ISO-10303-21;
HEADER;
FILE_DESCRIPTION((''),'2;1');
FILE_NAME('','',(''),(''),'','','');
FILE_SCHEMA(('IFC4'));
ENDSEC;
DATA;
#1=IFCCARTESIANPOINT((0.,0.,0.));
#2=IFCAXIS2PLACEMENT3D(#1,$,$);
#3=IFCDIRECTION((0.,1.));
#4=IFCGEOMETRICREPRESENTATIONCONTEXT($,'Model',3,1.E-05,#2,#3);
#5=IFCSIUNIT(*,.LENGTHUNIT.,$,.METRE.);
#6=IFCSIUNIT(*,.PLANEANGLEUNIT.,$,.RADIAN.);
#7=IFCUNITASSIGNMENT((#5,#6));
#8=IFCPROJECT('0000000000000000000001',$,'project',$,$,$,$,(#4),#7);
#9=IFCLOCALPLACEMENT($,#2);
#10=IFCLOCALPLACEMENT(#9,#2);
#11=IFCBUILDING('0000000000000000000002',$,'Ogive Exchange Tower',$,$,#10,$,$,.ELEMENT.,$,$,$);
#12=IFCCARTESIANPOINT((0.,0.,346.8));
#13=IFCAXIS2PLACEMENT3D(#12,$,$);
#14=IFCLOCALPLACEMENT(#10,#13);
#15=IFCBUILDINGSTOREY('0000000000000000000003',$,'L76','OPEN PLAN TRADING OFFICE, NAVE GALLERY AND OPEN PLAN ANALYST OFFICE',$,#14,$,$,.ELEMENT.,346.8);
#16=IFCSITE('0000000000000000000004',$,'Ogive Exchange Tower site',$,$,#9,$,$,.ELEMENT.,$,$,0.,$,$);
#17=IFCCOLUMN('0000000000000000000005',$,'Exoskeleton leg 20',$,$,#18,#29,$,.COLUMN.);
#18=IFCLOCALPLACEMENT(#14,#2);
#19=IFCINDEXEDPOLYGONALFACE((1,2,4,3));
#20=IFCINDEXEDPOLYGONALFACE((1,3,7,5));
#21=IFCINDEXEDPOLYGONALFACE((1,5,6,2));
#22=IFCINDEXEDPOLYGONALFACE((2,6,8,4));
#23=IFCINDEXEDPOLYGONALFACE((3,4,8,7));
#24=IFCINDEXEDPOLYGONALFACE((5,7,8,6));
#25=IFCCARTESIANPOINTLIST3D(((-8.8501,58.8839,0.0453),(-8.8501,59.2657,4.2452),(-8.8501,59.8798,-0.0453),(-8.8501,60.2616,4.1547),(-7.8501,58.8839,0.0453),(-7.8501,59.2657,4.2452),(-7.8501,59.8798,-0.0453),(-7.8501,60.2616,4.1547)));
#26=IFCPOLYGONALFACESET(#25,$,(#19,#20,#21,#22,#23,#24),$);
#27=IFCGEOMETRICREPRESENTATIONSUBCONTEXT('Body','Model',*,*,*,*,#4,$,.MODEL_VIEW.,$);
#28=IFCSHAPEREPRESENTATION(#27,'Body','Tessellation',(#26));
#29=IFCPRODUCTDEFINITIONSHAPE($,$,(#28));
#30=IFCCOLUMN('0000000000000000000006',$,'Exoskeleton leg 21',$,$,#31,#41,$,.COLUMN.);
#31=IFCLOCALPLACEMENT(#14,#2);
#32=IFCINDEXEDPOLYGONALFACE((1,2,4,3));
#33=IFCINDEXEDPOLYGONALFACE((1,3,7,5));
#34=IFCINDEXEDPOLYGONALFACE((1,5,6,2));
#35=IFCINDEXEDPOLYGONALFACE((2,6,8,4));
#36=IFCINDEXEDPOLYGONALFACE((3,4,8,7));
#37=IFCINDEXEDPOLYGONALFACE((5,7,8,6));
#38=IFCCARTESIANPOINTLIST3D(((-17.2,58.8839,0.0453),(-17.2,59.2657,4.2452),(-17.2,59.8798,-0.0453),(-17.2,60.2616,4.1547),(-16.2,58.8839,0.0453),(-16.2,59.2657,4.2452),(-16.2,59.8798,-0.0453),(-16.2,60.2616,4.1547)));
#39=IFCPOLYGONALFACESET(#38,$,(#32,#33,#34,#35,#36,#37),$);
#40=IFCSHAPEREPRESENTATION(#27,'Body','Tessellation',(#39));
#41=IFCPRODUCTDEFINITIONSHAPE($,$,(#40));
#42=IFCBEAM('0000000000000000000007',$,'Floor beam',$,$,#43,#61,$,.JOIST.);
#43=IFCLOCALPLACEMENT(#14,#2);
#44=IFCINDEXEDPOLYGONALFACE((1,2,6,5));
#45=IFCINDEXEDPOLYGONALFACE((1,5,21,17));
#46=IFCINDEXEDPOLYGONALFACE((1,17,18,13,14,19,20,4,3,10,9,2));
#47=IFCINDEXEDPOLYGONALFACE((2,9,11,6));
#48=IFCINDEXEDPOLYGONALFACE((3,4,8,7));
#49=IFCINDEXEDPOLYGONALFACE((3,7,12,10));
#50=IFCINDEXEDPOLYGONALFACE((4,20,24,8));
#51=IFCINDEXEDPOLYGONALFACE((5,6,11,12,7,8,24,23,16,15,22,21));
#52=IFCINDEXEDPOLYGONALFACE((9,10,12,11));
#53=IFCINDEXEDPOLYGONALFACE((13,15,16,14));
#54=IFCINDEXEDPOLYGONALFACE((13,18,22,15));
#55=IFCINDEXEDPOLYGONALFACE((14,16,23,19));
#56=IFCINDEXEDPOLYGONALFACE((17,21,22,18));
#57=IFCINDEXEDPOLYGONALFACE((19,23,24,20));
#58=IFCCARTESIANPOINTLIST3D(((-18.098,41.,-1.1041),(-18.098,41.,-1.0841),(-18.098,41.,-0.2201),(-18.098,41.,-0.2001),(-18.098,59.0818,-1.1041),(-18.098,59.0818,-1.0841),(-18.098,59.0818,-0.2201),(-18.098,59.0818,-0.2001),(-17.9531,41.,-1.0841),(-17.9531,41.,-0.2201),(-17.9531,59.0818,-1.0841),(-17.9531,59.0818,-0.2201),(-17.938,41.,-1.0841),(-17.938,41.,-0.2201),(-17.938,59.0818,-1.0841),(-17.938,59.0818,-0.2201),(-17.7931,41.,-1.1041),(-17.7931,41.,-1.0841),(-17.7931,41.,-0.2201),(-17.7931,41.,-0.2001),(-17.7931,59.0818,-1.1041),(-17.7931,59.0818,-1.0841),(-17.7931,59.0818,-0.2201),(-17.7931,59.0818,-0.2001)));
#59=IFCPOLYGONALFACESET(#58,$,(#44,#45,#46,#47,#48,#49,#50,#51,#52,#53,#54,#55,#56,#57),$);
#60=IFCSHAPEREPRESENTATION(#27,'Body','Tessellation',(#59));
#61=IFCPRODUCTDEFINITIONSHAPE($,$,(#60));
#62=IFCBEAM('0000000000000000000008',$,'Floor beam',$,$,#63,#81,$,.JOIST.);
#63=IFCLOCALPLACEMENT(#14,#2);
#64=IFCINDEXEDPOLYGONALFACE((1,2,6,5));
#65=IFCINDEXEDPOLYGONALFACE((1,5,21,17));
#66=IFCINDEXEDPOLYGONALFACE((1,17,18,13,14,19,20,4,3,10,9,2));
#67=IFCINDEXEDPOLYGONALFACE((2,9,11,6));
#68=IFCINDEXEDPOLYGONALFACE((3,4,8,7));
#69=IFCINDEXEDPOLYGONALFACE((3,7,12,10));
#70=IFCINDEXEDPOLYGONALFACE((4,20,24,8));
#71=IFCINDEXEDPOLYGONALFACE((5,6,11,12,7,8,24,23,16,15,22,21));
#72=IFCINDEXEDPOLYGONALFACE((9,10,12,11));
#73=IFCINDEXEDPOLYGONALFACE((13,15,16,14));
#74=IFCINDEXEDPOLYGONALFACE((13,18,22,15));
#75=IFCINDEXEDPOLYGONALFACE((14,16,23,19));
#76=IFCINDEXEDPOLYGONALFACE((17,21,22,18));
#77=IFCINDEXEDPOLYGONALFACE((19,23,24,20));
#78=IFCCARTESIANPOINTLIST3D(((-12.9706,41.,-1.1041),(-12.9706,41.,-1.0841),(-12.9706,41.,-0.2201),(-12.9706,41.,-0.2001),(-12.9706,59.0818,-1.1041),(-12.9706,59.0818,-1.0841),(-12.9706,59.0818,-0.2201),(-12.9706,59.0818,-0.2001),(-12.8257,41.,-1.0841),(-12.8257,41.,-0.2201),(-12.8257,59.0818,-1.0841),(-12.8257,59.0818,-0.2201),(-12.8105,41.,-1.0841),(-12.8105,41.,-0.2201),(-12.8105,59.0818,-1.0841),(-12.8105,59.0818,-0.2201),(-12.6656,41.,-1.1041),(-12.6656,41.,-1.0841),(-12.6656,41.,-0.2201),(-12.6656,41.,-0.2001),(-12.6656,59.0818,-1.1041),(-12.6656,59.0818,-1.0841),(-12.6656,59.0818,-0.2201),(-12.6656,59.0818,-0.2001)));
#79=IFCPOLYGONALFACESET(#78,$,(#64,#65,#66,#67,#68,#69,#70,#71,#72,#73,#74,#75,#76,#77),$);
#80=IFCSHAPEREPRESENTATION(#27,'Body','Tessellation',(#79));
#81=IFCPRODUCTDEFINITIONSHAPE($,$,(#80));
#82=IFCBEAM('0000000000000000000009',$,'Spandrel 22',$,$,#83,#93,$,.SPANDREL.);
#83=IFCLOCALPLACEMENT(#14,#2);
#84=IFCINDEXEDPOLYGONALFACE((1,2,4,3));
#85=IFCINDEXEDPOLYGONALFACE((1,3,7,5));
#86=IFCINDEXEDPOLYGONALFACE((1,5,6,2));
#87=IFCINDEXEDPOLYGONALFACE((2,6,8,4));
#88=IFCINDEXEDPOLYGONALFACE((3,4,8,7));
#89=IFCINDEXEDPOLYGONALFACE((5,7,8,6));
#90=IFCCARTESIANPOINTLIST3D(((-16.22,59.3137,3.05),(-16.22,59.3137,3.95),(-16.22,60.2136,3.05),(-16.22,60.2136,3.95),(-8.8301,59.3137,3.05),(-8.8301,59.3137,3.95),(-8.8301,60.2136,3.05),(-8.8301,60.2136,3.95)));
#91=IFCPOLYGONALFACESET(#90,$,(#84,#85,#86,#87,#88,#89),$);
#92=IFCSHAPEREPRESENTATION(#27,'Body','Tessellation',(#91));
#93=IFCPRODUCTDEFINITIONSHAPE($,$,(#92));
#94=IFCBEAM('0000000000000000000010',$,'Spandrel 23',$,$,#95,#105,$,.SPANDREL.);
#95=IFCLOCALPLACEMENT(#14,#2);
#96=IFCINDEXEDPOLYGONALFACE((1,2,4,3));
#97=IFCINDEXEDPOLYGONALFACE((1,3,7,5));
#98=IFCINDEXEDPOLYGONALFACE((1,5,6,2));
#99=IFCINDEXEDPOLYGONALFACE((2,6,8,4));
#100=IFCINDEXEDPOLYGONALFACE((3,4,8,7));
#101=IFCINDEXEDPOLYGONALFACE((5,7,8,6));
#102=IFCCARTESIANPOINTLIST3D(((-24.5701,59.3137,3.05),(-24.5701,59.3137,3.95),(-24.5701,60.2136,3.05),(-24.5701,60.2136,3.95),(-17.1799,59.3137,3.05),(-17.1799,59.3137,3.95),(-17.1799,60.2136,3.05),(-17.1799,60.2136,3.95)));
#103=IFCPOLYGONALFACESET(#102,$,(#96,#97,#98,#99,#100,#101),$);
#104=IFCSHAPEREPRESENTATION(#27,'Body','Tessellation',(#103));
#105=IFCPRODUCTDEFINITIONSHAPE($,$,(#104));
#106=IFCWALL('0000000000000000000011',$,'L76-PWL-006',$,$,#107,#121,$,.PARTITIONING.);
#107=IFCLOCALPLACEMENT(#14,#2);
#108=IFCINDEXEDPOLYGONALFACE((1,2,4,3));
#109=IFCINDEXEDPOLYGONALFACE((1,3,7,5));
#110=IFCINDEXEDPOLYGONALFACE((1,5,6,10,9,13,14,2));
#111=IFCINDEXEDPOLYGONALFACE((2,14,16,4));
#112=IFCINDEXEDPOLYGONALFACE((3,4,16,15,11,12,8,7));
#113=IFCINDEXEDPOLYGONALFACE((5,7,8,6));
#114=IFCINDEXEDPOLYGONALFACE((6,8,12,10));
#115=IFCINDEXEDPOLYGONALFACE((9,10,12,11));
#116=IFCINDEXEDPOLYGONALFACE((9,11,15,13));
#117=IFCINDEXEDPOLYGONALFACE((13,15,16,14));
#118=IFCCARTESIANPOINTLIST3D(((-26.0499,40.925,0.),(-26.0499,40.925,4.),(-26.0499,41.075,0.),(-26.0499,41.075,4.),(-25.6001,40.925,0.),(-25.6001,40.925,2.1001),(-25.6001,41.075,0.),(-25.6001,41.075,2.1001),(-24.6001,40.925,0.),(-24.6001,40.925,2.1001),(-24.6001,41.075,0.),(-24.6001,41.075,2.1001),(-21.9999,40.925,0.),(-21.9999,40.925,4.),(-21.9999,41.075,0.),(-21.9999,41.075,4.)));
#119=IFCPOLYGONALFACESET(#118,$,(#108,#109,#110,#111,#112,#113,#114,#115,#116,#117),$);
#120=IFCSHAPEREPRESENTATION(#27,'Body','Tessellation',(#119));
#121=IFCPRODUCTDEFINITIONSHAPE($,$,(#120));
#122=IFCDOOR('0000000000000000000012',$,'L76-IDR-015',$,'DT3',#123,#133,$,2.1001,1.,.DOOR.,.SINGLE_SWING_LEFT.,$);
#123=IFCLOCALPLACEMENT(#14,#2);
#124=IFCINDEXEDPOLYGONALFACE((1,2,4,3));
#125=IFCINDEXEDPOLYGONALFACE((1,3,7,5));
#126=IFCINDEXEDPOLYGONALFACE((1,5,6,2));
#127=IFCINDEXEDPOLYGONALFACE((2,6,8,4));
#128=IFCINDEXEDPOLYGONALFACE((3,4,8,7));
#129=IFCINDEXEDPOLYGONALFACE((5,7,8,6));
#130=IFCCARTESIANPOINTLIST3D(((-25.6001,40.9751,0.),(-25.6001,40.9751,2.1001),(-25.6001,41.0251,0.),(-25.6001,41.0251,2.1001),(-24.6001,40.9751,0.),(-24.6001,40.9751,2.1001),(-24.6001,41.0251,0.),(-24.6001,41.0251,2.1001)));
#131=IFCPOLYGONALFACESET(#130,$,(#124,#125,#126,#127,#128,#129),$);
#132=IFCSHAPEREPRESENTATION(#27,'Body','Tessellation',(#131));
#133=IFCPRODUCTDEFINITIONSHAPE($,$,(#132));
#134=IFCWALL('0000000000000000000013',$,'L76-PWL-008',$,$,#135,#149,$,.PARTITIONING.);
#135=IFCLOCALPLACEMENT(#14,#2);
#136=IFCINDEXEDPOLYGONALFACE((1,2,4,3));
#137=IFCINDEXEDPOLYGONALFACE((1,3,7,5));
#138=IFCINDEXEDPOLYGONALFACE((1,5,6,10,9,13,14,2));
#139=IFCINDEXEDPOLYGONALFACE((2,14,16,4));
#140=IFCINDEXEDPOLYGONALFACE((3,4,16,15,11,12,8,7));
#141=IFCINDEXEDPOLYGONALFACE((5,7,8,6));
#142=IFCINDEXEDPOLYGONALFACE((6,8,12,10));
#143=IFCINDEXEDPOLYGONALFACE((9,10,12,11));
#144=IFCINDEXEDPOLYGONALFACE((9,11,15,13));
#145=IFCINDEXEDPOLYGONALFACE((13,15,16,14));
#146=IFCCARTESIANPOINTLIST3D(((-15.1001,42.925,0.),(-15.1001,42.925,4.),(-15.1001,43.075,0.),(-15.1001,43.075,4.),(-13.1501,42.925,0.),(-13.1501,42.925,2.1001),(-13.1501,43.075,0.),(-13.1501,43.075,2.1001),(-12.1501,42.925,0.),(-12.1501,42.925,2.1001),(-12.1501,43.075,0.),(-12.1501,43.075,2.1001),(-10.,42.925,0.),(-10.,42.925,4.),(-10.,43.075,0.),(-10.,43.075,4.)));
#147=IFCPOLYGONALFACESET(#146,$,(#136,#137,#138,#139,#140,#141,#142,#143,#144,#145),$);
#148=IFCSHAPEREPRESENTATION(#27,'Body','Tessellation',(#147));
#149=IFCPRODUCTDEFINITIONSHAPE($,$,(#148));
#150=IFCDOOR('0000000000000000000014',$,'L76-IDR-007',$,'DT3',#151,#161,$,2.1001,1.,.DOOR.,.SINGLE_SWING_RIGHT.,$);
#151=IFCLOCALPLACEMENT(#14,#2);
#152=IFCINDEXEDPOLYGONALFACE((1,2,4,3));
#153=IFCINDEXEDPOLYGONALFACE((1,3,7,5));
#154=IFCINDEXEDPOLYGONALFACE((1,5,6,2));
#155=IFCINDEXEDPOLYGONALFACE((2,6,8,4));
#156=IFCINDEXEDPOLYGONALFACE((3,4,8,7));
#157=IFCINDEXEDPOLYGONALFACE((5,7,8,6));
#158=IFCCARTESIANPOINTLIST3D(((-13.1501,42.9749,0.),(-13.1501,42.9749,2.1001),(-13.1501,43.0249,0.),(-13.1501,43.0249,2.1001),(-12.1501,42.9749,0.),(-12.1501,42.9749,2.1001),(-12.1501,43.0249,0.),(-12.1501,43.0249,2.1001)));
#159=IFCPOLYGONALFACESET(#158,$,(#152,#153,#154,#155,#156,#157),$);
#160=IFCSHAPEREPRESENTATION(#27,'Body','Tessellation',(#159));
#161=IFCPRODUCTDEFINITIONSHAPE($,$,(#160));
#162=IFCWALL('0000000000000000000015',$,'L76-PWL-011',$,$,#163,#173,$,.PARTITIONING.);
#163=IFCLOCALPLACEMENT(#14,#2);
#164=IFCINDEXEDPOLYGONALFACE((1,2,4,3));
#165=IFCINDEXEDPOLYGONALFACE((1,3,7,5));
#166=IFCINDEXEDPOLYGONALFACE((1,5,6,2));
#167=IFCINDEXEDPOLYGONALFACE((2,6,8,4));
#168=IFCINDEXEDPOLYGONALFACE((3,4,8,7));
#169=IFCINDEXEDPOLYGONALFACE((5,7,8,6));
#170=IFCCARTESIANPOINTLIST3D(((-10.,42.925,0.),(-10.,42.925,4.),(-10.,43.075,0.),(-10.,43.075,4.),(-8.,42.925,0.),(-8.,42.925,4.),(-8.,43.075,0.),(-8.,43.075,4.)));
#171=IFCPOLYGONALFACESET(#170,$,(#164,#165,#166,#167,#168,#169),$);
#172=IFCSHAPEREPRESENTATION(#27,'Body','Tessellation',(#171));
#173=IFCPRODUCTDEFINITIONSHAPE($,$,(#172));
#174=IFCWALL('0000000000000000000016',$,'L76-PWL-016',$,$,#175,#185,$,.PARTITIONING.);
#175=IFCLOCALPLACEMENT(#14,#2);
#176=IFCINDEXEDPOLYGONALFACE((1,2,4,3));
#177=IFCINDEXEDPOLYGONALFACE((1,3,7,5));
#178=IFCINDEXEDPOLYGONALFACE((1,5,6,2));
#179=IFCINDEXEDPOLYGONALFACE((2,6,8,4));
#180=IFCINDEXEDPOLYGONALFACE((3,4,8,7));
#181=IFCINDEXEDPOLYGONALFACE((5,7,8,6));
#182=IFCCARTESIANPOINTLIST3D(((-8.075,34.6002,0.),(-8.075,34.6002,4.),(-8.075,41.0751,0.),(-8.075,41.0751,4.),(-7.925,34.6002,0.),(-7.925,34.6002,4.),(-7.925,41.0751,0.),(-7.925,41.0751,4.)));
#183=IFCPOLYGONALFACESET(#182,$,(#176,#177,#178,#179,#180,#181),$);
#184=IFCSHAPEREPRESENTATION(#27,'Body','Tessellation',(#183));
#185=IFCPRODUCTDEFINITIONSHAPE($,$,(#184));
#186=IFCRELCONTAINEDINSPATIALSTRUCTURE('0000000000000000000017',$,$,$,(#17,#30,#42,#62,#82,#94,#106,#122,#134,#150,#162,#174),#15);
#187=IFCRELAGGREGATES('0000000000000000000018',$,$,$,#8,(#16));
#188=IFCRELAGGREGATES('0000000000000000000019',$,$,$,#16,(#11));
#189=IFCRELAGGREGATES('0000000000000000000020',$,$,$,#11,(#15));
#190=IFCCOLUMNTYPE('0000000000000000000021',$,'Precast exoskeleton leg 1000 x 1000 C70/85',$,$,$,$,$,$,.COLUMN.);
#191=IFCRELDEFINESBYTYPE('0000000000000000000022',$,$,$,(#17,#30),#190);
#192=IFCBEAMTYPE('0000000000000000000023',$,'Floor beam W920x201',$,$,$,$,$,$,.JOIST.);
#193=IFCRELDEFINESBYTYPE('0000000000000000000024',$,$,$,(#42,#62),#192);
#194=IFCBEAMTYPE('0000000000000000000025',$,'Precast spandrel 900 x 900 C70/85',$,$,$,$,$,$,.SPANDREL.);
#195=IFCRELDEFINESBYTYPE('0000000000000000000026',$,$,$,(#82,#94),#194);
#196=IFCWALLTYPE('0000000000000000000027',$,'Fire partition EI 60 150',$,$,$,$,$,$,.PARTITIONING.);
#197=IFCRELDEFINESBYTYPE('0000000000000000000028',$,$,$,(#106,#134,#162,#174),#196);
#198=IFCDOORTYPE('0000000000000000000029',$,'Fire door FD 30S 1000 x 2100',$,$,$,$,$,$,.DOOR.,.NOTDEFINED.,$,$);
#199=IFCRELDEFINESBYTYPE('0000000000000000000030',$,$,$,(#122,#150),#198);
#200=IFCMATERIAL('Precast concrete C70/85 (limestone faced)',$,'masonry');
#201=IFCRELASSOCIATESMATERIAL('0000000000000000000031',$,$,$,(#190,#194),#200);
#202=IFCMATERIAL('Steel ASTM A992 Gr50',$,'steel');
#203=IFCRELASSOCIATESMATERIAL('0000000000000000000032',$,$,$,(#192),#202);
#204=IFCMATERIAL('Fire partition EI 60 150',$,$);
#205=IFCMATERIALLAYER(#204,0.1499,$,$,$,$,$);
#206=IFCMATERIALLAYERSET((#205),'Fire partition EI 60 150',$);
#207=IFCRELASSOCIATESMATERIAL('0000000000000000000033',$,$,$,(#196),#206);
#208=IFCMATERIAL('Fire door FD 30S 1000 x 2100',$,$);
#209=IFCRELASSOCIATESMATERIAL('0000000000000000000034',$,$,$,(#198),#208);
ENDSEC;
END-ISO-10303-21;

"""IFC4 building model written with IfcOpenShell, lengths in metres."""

from ifc_helpers import new_model, si_unit, direction, frame, frame_2d, origin, origin_2d, place, context, subcontext, project, spatial, rectangle, i_section, extrude, material, layer, layer_set, material_profile, profile_set, type_object, element, fill, save


model = new_model("IFC4")

# Units and contexts
model_context = context("Model", 3, precision=1e-05, world=origin(), true_north=direction((0.0, 1.0)))
body_context = subcontext(model_context, "Body", "Model", "MODEL_VIEW")
ifc_project = project(units=[si_unit("LENGTHUNIT", "METRE"), si_unit("PLANEANGLEUNIT", "RADIAN")], contexts=[model_context])

# Site, building, storey
site_placement = place(None, origin())
site = spatial("IfcSite", under=ifc_project, at=site_placement, Name="Ogive Exchange Tower site", CompositionType="ELEMENT", RefElevation=0.0)
building_placement = place(site_placement, origin())
building = spatial("IfcBuilding", under=site, at=building_placement, Name="Ogive Exchange Tower", CompositionType="ELEMENT")
storey_placement = place(building_placement, frame((0.0, 0.0, 346.8)))
storey = spatial("IfcBuildingStorey", under=building, at=storey_placement, Name="L76", Description="OPEN PLAN TRADING OFFICE, NAVE GALLERY AND OPEN PLAN ANALYST OFFICE", CompositionType="ELEMENT", Elevation=346.8)

# Columns
ifc_material_1 = material(Name="Precast concrete C70/85 (limestone faced)", Category="masonry")
ifc_material_profile_1 = material_profile(ifc_material_1, rectangle(XDim=1.0, YDim=1.0, at=origin_2d()), Name="1000 x 1000")
ifc_profile_set_1 = profile_set([ifc_material_profile_1], Name="Precast concrete C70/85 (limestone faced)")
column_type = type_object("IfcColumnType", Name="Precast exoskeleton leg 1000 x 1000 C70/85", PredefinedType="COLUMN", material=ifc_profile_set_1)
for number, where, z_axis, x_axis, name in (
    (1, (-8.3501, 59.3818, 0.0), (0.0, 0.090541, 0.995893), (-1.0, 0.0, 0.0), "Exoskeleton leg 20"),
    (2, (-16.7, 59.3818, 0.0), (0.0, 0.090541, 0.995893), (-1.0, 0.0, 0.0), "Exoskeleton leg 21"),
):
    element("IfcColumn", number, at=place(storey_placement, frame(where, z_axis=z_axis, x_axis=x_axis)), inside=storey, type_object=column_type, Name=name, PredefinedType="COLUMN", context=body_context, shape_type="SweptSolid", body=[
        extrude(rectangle(XDim=1.0, YDim=1.0, at=origin_2d()), origin(), (0.0, 0.0, 1.0), 4.2173),
    ])

# Beams
ifc_material_2 = material(Name="Steel ASTM A992 Gr50", Category="steel")
ifc_material_profile_2 = material_profile(ifc_material_2, i_section(OverallWidth=0.3049, OverallDepth=0.9041, WebThickness=0.0151, FlangeThickness=0.02, at=origin_2d()), Name="W920x201")
ifc_profile_set_2 = profile_set([ifc_material_profile_2], Name="Steel ASTM A992 Gr50")
beam_type_1 = type_object("IfcBeamType", Name="Floor beam W920x201", PredefinedType="JOIST", material=ifc_profile_set_2)
for number, where, z_axis, x_axis, name in (
    (3, (-17.9456, 41.0, -0.6521), (0.0, 1.0, 0.0), (-1.0, 0.0, 0.0), "Floor beam"),
    (4, (-12.8181, 41.0, -0.6521), (0.0, 1.0, 0.0), (-1.0, 0.0, 0.0), "Floor beam"),
):
    element("IfcBeam", number, at=place(storey_placement, frame(where, z_axis=z_axis, x_axis=x_axis)), inside=storey, type_object=beam_type_1, Name=name, PredefinedType="JOIST", context=body_context, shape_type="SweptSolid", body=[
        extrude(i_section(OverallWidth=0.3049, OverallDepth=0.9041, WebThickness=0.0151, FlangeThickness=0.02, at=origin_2d()), origin(), (0.0, 0.0, 1.0), 18.0818),
    ])
ifc_material_profile_3 = material_profile(ifc_material_1, rectangle(XDim=0.8999, YDim=0.8999, at=origin_2d()), Name="900 x 900")
ifc_profile_set_3 = profile_set([ifc_material_profile_3], Name="Precast concrete C70/85 (limestone faced)")
beam_type_2 = type_object("IfcBeamType", Name="Precast spandrel 900 x 900 C70/85", PredefinedType="SPANDREL", material=ifc_profile_set_3)
beam_1_placement = place(storey_placement, frame((-8.8301, 59.7637, 3.5), z_axis=(-1.0, 0.0, 0.0), x_axis=(0.0, -1.0, 0.0)))
element("IfcBeam", 5, at=beam_1_placement, inside=storey, type_object=beam_type_2, Name="Spandrel 22", PredefinedType="SPANDREL", context=body_context, shape_type="SweptSolid", body=[
    extrude(rectangle(XDim=0.8999, YDim=0.8999, at=origin_2d()), origin(), (0.0, 0.0, 1.0), 7.3899),
])
beam_2_placement = place(storey_placement, frame((-17.1799, 59.7637, 3.5), z_axis=(-1.0, 0.0, 0.0), x_axis=(0.0, -1.0, 0.0)))
element("IfcBeam", 6, at=beam_2_placement, inside=storey, type_object=beam_type_2, Name="Spandrel 23", PredefinedType="SPANDREL", context=body_context, shape_type="SweptSolid", body=[
    extrude(rectangle(XDim=0.8999, YDim=0.8999, at=origin_2d()), origin(), (0.0, 0.0, 1.0), 7.3901),
])

# Walls, openings, doors
ifc_material_3 = material(Name="Fire partition EI 60 150")
ifc_layer_1 = layer(ifc_material_3, 0.1499)
ifc_layer_set_1 = layer_set([ifc_layer_1], Name="Fire partition EI 60 150")
wall_type_1 = type_object("IfcWallType", Name="Fire partition EI 60 150", PredefinedType="PARTITIONING", material=ifc_layer_set_1)
wall_1_placement = place(storey_placement, frame((-22.0, 41.0, 0.0), z_axis=(0.0, 0.0, 1.0), x_axis=(-1.0, 0.0, 0.0)))
wall_1 = element("IfcWall", 7, at=wall_1_placement, inside=storey, type_object=wall_type_1, Name="L76-PWL-006", PredefinedType="PARTITIONING", context=body_context, shape_type="SweptSolid", body=[
    extrude(rectangle(XDim=4.05, YDim=0.1499, at=frame_2d((2.0249, 0.0))), origin(), (0.0, 0.0, 1.0), 4.0),
])
opening_1_placement = place(wall_1_placement, frame((2.6001, 0.0, 0.0)))
opening_1 = element("IfcOpeningElement", 8, at=opening_1_placement, cuts=wall_1, PredefinedType="OPENING", context=body_context, shape_type="SweptSolid", body=[
    extrude(rectangle(XDim=1.0, YDim=2.1001, at=frame_2d((0.5, 1.05))), frame((0.0, 0.085, 0.0), z_axis=(0.0, -1.0, 0.0), x_axis=(1.0, 0.0, 0.0)), (0.0, 0.0, 1.0), 0.1699),
])
ifc_material_4 = material(Name="Fire door FD 30S 1000 x 2100")
door_type_1 = type_object("IfcDoorType", Name="Fire door FD 30S 1000 x 2100", OperationType="NOTDEFINED", PredefinedType="DOOR", material=ifc_material_4)
door_1_placement = place(opening_1_placement, origin())
door_1 = element("IfcDoor", 9, at=door_1_placement, inside=storey, type_object=door_type_1, Name="L76-IDR-015", ObjectType="DT3", OperationType="SINGLE_SWING_LEFT", OverallHeight=2.1001, OverallWidth=1.0, PredefinedType="DOOR", context=body_context, shape_type="SweptSolid", body=[
    extrude(rectangle(XDim=1.0, YDim=2.1001, at=frame_2d((0.5, 1.05))), frame((0.0, 0.0249, 0.0), z_axis=(0.0, -1.0, 0.0), x_axis=(1.0, 0.0, 0.0)), (0.0, 0.0, 1.0), 0.05),
])
fill(opening_1, door_1)
wall_2_placement = place(storey_placement, frame((-15.1001, 43.0, 0.0), z_axis=(0.0, 0.0, 1.0), x_axis=(1.0, 0.0, 0.0)))
wall_2 = element("IfcWall", 10, at=wall_2_placement, inside=storey, type_object=wall_type_1, Name="L76-PWL-008", PredefinedType="PARTITIONING", context=body_context, shape_type="SweptSolid", body=[
    extrude(rectangle(XDim=5.1001, YDim=0.1499, at=frame_2d((2.55, 0.0))), origin(), (0.0, 0.0, 1.0), 4.0),
])
opening_2_placement = place(wall_2_placement, frame((1.95, 0.0, 0.0)))
opening_2 = element("IfcOpeningElement", 11, at=opening_2_placement, cuts=wall_2, PredefinedType="OPENING", context=body_context, shape_type="SweptSolid", body=[
    extrude(rectangle(XDim=1.0, YDim=2.1001, at=frame_2d((0.5, 1.05))), frame((0.0, 0.085, 0.0), z_axis=(0.0, -1.0, 0.0), x_axis=(1.0, 0.0, 0.0)), (0.0, 0.0, 1.0), 0.1699),
])
door_2_placement = place(opening_2_placement, origin())
door_2 = element("IfcDoor", 12, at=door_2_placement, inside=storey, type_object=door_type_1, Name="L76-IDR-007", ObjectType="DT3", OperationType="SINGLE_SWING_RIGHT", OverallHeight=2.1001, OverallWidth=1.0, PredefinedType="DOOR", context=body_context, shape_type="SweptSolid", body=[
    extrude(rectangle(XDim=1.0, YDim=2.1001, at=frame_2d((0.5, 1.05))), frame((0.0, 0.0249, 0.0), z_axis=(0.0, -1.0, 0.0), x_axis=(1.0, 0.0, 0.0)), (0.0, 0.0, 1.0), 0.05),
])
fill(opening_2, door_2)

# Walls
wall_3_placement = place(storey_placement, frame((-10.0, 43.0, 0.0), z_axis=(0.0, 0.0, 1.0), x_axis=(1.0, 0.0, 0.0)))
element("IfcWall", 13, at=wall_3_placement, inside=storey, type_object=wall_type_1, Name="L76-PWL-011", PredefinedType="PARTITIONING", context=body_context, shape_type="SweptSolid", body=[
    extrude(rectangle(XDim=2.0, YDim=0.1499, at=frame_2d((1.0, 0.0))), origin(), (0.0, 0.0, 1.0), 4.0),
])
wall_4_placement = place(storey_placement, frame((-8.0, 41.075, 0.0), z_axis=(0.0, 0.0, 1.0), x_axis=(0.0, -1.0, 0.0)))
element("IfcWall", 14, at=wall_4_placement, inside=storey, type_object=wall_type_1, Name="L76-PWL-016", PredefinedType="PARTITIONING", context=body_context, shape_type="SweptSolid", body=[
    extrude(rectangle(XDim=6.4749, YDim=0.1499, at=frame_2d((3.2373, 0.0))), origin(), (0.0, 0.0, 1.0), 4.0),
])

save(model, "model.ifc")
